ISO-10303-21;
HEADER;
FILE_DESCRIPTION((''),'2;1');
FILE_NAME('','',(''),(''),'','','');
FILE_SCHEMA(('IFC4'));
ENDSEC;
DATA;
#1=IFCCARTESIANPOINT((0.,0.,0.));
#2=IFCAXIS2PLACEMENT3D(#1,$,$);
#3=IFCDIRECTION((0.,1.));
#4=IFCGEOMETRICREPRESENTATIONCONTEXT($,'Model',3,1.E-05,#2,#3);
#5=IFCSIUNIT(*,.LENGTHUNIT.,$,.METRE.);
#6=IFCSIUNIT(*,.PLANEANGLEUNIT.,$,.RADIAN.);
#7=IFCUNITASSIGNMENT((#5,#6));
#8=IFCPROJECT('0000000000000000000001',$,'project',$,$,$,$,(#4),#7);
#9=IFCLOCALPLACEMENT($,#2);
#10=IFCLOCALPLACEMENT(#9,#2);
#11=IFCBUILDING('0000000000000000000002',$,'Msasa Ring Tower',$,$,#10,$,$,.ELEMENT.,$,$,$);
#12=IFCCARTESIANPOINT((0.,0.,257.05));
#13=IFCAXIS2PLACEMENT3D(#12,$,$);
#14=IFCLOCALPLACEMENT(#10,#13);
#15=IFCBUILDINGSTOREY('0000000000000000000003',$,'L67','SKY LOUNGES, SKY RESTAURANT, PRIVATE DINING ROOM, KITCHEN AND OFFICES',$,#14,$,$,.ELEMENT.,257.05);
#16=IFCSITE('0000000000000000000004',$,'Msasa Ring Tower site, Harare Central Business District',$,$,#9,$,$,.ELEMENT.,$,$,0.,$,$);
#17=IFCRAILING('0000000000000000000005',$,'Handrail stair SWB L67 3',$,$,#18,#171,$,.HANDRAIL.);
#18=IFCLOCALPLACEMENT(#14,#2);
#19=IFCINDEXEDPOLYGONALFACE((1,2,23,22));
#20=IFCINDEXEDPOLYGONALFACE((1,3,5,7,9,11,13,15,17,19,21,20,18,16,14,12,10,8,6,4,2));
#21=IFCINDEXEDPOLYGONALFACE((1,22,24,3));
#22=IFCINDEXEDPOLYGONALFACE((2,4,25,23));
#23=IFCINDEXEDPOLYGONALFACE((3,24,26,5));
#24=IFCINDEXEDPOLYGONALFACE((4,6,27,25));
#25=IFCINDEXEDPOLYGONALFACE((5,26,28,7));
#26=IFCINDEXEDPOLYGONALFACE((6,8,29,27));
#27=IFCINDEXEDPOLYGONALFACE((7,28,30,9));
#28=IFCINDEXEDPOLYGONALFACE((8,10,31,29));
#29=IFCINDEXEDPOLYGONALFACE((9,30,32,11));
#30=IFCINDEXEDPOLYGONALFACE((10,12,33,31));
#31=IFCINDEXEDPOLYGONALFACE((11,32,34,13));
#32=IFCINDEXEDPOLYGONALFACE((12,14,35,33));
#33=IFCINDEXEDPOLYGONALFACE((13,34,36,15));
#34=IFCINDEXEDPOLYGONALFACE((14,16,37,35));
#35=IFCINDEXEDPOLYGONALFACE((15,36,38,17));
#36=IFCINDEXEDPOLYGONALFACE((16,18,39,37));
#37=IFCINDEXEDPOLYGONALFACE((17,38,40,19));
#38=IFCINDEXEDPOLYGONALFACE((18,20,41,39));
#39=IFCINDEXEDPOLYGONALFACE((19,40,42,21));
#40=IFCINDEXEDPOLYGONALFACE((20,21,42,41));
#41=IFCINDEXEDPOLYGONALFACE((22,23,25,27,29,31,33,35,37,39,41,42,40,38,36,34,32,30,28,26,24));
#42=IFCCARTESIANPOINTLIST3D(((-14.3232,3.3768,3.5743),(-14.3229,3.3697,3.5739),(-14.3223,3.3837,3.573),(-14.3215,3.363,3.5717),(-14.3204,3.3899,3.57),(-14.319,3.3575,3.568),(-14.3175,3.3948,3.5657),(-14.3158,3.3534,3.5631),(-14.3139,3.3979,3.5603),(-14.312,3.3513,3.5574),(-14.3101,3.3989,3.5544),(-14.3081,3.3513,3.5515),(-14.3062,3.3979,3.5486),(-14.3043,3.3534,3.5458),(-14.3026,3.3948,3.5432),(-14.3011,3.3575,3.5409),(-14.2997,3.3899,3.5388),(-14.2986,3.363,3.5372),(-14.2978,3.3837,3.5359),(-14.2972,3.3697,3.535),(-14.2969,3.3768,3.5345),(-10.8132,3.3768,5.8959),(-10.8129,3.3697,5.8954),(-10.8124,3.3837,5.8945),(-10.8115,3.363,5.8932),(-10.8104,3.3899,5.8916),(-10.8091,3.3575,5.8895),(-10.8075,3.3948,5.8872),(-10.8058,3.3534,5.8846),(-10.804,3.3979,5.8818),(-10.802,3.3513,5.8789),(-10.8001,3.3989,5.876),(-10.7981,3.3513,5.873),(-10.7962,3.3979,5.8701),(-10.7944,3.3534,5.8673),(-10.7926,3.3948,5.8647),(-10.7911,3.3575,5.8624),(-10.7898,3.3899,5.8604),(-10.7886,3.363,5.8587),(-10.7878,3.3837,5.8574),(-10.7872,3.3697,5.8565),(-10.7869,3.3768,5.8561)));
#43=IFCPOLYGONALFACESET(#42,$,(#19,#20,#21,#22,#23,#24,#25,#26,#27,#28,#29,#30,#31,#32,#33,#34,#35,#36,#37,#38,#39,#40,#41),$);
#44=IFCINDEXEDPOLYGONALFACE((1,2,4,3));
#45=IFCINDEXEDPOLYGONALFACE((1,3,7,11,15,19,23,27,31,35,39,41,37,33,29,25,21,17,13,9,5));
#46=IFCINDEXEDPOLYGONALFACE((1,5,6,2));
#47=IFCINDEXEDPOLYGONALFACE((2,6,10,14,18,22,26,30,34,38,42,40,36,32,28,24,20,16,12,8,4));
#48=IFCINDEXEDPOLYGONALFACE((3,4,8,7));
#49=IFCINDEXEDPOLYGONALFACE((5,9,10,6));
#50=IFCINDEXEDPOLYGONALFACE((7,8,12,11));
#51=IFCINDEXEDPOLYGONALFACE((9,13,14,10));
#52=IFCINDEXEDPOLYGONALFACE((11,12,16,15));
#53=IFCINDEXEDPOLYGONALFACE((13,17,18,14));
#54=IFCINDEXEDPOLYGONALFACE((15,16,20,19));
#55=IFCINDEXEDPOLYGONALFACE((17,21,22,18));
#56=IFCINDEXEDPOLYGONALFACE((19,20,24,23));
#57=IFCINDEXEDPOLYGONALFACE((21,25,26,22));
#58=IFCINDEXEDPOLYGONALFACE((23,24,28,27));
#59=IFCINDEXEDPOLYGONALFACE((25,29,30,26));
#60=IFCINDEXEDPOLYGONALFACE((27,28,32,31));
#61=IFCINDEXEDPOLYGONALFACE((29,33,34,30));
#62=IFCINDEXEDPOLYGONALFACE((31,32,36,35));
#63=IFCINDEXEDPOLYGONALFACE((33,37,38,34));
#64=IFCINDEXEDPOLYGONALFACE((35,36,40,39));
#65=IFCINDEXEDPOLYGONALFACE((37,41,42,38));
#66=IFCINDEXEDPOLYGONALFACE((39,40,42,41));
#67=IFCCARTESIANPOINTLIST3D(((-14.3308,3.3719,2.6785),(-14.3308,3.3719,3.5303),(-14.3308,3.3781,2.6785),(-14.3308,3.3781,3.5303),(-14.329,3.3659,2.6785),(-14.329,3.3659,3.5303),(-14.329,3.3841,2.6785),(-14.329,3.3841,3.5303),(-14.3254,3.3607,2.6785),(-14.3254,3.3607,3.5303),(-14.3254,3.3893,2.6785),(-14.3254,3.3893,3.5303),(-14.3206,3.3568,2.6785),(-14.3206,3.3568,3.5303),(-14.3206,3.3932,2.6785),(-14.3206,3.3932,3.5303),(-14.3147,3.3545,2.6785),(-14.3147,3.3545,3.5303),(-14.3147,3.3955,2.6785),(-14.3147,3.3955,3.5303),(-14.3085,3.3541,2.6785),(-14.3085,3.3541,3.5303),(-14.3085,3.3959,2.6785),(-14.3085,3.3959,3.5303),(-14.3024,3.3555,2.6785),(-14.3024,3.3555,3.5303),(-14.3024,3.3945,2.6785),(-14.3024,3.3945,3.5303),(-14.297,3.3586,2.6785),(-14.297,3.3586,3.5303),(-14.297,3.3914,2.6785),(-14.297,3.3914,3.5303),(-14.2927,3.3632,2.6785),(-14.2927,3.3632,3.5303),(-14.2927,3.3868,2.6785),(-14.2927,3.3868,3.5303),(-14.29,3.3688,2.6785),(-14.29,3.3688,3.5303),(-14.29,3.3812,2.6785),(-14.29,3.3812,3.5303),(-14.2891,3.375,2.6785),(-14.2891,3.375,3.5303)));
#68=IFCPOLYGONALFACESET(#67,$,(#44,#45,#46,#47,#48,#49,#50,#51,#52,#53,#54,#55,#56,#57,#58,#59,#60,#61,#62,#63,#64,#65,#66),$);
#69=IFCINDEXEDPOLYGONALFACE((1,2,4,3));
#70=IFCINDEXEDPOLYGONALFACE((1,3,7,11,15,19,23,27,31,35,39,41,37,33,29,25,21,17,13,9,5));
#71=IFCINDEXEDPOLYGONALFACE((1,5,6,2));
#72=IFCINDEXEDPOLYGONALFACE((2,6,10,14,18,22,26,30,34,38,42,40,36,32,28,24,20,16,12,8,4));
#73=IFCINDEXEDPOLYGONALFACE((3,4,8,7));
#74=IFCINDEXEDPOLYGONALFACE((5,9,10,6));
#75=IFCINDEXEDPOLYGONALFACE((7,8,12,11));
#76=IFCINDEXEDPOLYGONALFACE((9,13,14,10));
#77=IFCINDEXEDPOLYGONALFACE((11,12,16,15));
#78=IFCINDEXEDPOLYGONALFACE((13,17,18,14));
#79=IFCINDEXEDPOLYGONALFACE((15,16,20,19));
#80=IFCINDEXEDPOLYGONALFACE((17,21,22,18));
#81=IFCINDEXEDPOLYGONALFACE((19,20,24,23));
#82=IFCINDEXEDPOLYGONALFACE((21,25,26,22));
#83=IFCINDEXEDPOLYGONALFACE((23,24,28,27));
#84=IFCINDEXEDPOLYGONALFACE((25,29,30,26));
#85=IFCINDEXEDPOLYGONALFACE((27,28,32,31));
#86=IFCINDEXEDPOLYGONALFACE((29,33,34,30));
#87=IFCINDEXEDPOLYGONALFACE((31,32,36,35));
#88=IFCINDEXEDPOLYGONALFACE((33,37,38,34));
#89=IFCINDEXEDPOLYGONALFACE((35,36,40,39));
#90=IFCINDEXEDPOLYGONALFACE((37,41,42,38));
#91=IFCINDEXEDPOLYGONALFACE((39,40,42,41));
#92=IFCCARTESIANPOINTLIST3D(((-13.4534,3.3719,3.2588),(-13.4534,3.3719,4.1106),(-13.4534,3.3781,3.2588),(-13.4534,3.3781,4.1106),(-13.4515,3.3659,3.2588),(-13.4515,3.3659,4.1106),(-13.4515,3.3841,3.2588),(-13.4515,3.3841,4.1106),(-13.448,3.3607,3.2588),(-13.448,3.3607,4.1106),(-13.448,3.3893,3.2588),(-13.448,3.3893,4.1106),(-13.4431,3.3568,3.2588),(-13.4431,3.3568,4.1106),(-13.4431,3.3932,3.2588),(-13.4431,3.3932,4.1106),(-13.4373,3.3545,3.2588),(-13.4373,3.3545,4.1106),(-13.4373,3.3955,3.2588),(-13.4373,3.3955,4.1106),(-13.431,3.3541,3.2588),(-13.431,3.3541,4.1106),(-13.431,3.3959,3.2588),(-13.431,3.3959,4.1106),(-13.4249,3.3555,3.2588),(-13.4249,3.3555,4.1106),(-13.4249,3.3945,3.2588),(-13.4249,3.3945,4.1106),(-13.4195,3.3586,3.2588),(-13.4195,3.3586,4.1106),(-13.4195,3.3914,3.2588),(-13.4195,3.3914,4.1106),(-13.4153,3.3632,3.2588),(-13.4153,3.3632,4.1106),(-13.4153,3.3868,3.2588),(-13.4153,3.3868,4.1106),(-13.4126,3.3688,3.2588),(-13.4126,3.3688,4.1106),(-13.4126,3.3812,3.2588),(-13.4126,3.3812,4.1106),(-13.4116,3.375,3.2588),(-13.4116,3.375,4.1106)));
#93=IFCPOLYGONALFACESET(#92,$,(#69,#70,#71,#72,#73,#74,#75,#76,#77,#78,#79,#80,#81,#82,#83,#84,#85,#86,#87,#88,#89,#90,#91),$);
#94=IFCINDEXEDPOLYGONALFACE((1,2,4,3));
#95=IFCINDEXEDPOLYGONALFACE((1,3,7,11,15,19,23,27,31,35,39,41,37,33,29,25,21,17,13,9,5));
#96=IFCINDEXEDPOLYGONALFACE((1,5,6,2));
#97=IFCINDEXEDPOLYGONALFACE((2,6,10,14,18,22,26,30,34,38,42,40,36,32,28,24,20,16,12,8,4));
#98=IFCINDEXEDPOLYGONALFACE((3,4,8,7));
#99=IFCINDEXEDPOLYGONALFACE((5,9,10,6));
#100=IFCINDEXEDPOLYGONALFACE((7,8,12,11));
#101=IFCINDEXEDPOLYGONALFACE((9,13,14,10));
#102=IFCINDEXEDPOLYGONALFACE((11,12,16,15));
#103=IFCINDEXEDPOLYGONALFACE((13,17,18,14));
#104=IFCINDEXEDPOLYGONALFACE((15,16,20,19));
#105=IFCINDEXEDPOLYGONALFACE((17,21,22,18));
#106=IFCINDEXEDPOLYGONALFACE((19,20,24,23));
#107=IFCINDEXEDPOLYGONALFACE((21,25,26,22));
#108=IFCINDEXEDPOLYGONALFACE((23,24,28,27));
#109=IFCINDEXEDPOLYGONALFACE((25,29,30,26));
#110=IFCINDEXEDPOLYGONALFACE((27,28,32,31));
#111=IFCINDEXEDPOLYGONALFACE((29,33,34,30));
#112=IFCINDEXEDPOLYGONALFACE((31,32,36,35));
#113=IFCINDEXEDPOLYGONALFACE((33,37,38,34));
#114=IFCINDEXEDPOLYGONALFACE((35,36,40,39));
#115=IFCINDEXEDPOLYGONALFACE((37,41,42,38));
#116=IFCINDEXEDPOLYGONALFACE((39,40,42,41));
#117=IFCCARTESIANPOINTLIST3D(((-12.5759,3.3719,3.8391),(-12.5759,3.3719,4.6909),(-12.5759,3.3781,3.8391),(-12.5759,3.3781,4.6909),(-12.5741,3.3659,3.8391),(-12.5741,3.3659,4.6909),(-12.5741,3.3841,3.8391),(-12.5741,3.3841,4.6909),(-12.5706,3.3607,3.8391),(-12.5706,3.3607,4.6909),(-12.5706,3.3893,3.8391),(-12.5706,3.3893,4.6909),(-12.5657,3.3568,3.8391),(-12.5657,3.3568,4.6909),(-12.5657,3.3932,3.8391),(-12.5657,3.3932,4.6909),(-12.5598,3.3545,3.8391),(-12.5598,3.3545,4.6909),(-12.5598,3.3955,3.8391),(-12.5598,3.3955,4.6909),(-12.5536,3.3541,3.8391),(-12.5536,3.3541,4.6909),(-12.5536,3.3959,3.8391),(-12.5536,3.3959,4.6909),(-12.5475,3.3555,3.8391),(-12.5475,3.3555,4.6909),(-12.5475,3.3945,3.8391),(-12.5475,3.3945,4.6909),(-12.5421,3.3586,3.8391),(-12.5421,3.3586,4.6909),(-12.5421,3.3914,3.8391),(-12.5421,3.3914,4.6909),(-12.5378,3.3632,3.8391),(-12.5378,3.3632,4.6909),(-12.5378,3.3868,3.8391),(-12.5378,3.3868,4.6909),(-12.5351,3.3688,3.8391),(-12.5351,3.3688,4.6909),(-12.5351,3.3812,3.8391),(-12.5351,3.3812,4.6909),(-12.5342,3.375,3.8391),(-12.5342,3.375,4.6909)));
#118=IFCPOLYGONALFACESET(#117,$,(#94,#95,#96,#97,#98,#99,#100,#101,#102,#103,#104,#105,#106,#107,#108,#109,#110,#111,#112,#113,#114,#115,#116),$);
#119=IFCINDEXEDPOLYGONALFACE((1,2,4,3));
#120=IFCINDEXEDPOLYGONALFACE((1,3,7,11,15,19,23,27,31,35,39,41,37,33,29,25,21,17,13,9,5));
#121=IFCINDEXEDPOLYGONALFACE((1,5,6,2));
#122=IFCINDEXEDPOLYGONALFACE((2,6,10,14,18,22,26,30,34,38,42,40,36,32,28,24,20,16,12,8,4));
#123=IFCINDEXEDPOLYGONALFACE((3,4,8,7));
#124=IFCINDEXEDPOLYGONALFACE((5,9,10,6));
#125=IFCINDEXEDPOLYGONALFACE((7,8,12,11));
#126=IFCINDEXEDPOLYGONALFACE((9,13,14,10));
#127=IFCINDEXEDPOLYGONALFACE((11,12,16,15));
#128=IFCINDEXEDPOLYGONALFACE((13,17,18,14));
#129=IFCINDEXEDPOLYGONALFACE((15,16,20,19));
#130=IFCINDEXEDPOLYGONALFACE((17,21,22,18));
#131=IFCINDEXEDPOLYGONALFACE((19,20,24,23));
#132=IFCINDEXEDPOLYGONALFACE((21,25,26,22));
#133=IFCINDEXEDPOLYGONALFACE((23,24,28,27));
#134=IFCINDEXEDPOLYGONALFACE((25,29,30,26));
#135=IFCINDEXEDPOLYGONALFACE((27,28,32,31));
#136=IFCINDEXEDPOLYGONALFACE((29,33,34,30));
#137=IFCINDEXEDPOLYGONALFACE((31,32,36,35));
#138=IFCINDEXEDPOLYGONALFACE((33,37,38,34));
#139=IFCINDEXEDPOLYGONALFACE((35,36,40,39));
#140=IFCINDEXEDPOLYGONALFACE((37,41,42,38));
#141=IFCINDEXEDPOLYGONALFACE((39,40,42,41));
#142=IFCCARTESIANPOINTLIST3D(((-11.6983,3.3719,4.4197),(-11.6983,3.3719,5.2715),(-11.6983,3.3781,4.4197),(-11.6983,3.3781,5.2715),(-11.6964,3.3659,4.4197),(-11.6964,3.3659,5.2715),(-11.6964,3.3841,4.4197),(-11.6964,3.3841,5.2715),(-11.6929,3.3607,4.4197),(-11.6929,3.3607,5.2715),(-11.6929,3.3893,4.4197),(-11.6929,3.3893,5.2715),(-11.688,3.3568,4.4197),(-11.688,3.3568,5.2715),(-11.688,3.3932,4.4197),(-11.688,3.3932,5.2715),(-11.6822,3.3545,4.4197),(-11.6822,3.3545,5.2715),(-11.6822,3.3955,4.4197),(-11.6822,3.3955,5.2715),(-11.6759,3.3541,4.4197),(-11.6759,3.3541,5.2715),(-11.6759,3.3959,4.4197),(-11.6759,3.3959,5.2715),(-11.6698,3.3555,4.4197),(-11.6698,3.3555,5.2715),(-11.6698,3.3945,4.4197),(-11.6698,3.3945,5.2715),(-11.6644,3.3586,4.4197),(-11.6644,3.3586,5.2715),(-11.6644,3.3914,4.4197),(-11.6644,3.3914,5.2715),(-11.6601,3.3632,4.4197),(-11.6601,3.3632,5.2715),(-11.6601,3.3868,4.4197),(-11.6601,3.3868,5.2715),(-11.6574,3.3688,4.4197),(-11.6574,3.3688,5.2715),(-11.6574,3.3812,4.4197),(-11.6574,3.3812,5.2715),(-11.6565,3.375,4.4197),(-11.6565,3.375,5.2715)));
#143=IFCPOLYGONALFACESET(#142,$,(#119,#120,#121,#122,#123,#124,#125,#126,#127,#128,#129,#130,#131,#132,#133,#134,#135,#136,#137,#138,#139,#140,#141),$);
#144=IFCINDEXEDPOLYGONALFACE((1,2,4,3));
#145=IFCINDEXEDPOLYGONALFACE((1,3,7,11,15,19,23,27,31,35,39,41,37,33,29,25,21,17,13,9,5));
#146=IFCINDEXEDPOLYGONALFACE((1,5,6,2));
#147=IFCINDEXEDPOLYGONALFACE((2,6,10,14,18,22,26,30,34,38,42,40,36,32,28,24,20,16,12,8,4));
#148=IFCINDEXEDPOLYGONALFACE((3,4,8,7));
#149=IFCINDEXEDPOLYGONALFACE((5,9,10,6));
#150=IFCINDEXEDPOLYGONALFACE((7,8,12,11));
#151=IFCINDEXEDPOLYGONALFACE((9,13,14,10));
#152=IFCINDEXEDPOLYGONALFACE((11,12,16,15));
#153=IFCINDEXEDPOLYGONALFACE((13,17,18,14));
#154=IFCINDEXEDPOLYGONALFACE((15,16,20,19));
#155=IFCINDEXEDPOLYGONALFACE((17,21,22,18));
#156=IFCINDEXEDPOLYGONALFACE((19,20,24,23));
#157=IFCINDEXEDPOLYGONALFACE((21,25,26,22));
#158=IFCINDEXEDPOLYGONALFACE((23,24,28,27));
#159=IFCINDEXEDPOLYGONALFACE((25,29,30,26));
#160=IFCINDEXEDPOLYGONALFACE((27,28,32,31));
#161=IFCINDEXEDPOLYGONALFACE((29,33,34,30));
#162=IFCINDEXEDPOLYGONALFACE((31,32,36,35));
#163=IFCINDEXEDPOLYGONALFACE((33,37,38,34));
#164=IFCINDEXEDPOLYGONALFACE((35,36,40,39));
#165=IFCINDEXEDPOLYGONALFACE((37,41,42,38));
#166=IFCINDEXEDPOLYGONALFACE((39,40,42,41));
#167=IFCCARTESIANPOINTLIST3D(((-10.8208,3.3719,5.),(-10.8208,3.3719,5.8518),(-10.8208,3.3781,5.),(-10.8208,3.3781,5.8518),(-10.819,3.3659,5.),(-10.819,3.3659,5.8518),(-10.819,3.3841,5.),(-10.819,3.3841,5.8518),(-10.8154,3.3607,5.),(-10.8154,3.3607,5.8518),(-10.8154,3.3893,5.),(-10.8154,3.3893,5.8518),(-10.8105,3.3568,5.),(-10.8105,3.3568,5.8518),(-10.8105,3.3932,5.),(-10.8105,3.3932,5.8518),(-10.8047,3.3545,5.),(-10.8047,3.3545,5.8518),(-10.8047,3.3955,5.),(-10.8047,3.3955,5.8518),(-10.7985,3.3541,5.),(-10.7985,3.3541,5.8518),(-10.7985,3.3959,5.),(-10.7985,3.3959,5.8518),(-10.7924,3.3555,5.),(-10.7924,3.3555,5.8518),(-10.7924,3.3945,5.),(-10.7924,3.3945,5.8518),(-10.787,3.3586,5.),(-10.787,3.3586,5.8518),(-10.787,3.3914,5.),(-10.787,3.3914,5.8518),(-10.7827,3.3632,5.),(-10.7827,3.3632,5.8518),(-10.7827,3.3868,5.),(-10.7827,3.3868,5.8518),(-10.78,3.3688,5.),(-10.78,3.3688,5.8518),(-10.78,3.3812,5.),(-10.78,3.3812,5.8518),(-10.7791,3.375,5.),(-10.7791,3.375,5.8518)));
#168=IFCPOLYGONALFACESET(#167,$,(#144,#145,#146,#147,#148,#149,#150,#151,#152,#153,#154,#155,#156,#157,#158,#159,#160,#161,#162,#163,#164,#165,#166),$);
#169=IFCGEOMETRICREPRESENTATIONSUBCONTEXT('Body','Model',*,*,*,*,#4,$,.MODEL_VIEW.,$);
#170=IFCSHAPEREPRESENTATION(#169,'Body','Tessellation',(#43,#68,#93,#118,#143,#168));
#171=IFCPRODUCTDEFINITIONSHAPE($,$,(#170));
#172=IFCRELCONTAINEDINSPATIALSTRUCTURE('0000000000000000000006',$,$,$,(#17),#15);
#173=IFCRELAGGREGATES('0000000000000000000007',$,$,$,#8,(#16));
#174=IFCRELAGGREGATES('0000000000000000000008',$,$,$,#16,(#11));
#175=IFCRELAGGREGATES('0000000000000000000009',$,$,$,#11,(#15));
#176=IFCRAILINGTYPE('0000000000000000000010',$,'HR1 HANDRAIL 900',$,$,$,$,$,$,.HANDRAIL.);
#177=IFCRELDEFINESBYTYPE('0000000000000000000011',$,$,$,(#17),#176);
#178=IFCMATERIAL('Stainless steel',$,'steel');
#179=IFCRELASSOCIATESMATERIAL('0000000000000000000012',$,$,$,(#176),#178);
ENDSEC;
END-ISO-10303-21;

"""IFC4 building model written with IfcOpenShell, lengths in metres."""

from ifc_helpers import new_model, si_unit, direction, frame, origin, origin_2d, place, context, subcontext, project, spatial, circle, extrude, material, type_object, element, save


model = new_model("IFC4")

# Units and contexts
model_context = context("Model", 3, precision=1e-05, world=origin(), true_north=direction((0.0, 1.0)))
body_context = subcontext(model_context, "Body", "Model", "MODEL_VIEW")
ifc_project = project(units=[si_unit("LENGTHUNIT", "METRE"), si_unit("PLANEANGLEUNIT", "RADIAN")], contexts=[model_context])

# Site, building, storey
site_placement = place(None, origin())
site = spatial("IfcSite", under=ifc_project, at=site_placement, Name="Msasa Ring Tower site, Harare Central Business District", CompositionType="ELEMENT", RefElevation=0.0)
building_placement = place(site_placement, origin())
building = spatial("IfcBuilding", under=site, at=building_placement, Name="Msasa Ring Tower", CompositionType="ELEMENT")
storey_placement = place(building_placement, frame((0.0, 0.0, 257.05)))
storey = spatial("IfcBuildingStorey", under=building, at=storey_placement, Name="L67", Description="SKY LOUNGES, SKY RESTAURANT, PRIVATE DINING ROOM, KITCHEN AND OFFICES", CompositionType="ELEMENT", Elevation=257.05)

# Railing
ifc_material_1 = material(Name="Stainless steel", Category="steel")
railing_type = type_object("IfcRailingType", Name="HR1 HANDRAIL 900", PredefinedType="HANDRAIL", material=ifc_material_1)
for number, where, name in (
    (1, (-14.3101, 3.375, 2.6785), "Handrail stair SWB L67 3"),
):
    element("IfcRailing", number, at=place(storey_placement, frame(where)), inside=storey, type_object=railing_type, Name=name, PredefinedType="HANDRAIL", context=body_context, shape_type="SweptSolid", body=[
        extrude(circle(Radius=0.0239, at=origin_2d()), frame((0.0, 0.0, 0.876), z_axis=(0.834071, 0.0, 0.551657), x_axis=(0.0, 1.0, 0.0)), (0.0, 0.0, 1.0), 4.2083),
        extrude(circle(Radius=0.021, at=origin_2d()), origin(), (0.0, 0.0, 1.0), 0.8518),
        extrude(circle(Radius=0.021, at=origin_2d()), frame((0.8774, 0.0, 0.5803)), (0.0, 0.0, 1.0), 0.8518),
        extrude(circle(Radius=0.021, at=origin_2d()), frame((1.7549, 0.0, 1.1606)), (0.0, 0.0, 1.0), 0.8518),
        extrude(circle(Radius=0.021, at=origin_2d()), frame((2.6326, 0.0, 1.7412)), (0.0, 0.0, 1.0), 0.8518),
        extrude(circle(Radius=0.021, at=origin_2d()), frame((3.51, 0.0, 2.3215)), (0.0, 0.0, 1.0), 0.8518),
    ])

save(model, "model.ifc")
